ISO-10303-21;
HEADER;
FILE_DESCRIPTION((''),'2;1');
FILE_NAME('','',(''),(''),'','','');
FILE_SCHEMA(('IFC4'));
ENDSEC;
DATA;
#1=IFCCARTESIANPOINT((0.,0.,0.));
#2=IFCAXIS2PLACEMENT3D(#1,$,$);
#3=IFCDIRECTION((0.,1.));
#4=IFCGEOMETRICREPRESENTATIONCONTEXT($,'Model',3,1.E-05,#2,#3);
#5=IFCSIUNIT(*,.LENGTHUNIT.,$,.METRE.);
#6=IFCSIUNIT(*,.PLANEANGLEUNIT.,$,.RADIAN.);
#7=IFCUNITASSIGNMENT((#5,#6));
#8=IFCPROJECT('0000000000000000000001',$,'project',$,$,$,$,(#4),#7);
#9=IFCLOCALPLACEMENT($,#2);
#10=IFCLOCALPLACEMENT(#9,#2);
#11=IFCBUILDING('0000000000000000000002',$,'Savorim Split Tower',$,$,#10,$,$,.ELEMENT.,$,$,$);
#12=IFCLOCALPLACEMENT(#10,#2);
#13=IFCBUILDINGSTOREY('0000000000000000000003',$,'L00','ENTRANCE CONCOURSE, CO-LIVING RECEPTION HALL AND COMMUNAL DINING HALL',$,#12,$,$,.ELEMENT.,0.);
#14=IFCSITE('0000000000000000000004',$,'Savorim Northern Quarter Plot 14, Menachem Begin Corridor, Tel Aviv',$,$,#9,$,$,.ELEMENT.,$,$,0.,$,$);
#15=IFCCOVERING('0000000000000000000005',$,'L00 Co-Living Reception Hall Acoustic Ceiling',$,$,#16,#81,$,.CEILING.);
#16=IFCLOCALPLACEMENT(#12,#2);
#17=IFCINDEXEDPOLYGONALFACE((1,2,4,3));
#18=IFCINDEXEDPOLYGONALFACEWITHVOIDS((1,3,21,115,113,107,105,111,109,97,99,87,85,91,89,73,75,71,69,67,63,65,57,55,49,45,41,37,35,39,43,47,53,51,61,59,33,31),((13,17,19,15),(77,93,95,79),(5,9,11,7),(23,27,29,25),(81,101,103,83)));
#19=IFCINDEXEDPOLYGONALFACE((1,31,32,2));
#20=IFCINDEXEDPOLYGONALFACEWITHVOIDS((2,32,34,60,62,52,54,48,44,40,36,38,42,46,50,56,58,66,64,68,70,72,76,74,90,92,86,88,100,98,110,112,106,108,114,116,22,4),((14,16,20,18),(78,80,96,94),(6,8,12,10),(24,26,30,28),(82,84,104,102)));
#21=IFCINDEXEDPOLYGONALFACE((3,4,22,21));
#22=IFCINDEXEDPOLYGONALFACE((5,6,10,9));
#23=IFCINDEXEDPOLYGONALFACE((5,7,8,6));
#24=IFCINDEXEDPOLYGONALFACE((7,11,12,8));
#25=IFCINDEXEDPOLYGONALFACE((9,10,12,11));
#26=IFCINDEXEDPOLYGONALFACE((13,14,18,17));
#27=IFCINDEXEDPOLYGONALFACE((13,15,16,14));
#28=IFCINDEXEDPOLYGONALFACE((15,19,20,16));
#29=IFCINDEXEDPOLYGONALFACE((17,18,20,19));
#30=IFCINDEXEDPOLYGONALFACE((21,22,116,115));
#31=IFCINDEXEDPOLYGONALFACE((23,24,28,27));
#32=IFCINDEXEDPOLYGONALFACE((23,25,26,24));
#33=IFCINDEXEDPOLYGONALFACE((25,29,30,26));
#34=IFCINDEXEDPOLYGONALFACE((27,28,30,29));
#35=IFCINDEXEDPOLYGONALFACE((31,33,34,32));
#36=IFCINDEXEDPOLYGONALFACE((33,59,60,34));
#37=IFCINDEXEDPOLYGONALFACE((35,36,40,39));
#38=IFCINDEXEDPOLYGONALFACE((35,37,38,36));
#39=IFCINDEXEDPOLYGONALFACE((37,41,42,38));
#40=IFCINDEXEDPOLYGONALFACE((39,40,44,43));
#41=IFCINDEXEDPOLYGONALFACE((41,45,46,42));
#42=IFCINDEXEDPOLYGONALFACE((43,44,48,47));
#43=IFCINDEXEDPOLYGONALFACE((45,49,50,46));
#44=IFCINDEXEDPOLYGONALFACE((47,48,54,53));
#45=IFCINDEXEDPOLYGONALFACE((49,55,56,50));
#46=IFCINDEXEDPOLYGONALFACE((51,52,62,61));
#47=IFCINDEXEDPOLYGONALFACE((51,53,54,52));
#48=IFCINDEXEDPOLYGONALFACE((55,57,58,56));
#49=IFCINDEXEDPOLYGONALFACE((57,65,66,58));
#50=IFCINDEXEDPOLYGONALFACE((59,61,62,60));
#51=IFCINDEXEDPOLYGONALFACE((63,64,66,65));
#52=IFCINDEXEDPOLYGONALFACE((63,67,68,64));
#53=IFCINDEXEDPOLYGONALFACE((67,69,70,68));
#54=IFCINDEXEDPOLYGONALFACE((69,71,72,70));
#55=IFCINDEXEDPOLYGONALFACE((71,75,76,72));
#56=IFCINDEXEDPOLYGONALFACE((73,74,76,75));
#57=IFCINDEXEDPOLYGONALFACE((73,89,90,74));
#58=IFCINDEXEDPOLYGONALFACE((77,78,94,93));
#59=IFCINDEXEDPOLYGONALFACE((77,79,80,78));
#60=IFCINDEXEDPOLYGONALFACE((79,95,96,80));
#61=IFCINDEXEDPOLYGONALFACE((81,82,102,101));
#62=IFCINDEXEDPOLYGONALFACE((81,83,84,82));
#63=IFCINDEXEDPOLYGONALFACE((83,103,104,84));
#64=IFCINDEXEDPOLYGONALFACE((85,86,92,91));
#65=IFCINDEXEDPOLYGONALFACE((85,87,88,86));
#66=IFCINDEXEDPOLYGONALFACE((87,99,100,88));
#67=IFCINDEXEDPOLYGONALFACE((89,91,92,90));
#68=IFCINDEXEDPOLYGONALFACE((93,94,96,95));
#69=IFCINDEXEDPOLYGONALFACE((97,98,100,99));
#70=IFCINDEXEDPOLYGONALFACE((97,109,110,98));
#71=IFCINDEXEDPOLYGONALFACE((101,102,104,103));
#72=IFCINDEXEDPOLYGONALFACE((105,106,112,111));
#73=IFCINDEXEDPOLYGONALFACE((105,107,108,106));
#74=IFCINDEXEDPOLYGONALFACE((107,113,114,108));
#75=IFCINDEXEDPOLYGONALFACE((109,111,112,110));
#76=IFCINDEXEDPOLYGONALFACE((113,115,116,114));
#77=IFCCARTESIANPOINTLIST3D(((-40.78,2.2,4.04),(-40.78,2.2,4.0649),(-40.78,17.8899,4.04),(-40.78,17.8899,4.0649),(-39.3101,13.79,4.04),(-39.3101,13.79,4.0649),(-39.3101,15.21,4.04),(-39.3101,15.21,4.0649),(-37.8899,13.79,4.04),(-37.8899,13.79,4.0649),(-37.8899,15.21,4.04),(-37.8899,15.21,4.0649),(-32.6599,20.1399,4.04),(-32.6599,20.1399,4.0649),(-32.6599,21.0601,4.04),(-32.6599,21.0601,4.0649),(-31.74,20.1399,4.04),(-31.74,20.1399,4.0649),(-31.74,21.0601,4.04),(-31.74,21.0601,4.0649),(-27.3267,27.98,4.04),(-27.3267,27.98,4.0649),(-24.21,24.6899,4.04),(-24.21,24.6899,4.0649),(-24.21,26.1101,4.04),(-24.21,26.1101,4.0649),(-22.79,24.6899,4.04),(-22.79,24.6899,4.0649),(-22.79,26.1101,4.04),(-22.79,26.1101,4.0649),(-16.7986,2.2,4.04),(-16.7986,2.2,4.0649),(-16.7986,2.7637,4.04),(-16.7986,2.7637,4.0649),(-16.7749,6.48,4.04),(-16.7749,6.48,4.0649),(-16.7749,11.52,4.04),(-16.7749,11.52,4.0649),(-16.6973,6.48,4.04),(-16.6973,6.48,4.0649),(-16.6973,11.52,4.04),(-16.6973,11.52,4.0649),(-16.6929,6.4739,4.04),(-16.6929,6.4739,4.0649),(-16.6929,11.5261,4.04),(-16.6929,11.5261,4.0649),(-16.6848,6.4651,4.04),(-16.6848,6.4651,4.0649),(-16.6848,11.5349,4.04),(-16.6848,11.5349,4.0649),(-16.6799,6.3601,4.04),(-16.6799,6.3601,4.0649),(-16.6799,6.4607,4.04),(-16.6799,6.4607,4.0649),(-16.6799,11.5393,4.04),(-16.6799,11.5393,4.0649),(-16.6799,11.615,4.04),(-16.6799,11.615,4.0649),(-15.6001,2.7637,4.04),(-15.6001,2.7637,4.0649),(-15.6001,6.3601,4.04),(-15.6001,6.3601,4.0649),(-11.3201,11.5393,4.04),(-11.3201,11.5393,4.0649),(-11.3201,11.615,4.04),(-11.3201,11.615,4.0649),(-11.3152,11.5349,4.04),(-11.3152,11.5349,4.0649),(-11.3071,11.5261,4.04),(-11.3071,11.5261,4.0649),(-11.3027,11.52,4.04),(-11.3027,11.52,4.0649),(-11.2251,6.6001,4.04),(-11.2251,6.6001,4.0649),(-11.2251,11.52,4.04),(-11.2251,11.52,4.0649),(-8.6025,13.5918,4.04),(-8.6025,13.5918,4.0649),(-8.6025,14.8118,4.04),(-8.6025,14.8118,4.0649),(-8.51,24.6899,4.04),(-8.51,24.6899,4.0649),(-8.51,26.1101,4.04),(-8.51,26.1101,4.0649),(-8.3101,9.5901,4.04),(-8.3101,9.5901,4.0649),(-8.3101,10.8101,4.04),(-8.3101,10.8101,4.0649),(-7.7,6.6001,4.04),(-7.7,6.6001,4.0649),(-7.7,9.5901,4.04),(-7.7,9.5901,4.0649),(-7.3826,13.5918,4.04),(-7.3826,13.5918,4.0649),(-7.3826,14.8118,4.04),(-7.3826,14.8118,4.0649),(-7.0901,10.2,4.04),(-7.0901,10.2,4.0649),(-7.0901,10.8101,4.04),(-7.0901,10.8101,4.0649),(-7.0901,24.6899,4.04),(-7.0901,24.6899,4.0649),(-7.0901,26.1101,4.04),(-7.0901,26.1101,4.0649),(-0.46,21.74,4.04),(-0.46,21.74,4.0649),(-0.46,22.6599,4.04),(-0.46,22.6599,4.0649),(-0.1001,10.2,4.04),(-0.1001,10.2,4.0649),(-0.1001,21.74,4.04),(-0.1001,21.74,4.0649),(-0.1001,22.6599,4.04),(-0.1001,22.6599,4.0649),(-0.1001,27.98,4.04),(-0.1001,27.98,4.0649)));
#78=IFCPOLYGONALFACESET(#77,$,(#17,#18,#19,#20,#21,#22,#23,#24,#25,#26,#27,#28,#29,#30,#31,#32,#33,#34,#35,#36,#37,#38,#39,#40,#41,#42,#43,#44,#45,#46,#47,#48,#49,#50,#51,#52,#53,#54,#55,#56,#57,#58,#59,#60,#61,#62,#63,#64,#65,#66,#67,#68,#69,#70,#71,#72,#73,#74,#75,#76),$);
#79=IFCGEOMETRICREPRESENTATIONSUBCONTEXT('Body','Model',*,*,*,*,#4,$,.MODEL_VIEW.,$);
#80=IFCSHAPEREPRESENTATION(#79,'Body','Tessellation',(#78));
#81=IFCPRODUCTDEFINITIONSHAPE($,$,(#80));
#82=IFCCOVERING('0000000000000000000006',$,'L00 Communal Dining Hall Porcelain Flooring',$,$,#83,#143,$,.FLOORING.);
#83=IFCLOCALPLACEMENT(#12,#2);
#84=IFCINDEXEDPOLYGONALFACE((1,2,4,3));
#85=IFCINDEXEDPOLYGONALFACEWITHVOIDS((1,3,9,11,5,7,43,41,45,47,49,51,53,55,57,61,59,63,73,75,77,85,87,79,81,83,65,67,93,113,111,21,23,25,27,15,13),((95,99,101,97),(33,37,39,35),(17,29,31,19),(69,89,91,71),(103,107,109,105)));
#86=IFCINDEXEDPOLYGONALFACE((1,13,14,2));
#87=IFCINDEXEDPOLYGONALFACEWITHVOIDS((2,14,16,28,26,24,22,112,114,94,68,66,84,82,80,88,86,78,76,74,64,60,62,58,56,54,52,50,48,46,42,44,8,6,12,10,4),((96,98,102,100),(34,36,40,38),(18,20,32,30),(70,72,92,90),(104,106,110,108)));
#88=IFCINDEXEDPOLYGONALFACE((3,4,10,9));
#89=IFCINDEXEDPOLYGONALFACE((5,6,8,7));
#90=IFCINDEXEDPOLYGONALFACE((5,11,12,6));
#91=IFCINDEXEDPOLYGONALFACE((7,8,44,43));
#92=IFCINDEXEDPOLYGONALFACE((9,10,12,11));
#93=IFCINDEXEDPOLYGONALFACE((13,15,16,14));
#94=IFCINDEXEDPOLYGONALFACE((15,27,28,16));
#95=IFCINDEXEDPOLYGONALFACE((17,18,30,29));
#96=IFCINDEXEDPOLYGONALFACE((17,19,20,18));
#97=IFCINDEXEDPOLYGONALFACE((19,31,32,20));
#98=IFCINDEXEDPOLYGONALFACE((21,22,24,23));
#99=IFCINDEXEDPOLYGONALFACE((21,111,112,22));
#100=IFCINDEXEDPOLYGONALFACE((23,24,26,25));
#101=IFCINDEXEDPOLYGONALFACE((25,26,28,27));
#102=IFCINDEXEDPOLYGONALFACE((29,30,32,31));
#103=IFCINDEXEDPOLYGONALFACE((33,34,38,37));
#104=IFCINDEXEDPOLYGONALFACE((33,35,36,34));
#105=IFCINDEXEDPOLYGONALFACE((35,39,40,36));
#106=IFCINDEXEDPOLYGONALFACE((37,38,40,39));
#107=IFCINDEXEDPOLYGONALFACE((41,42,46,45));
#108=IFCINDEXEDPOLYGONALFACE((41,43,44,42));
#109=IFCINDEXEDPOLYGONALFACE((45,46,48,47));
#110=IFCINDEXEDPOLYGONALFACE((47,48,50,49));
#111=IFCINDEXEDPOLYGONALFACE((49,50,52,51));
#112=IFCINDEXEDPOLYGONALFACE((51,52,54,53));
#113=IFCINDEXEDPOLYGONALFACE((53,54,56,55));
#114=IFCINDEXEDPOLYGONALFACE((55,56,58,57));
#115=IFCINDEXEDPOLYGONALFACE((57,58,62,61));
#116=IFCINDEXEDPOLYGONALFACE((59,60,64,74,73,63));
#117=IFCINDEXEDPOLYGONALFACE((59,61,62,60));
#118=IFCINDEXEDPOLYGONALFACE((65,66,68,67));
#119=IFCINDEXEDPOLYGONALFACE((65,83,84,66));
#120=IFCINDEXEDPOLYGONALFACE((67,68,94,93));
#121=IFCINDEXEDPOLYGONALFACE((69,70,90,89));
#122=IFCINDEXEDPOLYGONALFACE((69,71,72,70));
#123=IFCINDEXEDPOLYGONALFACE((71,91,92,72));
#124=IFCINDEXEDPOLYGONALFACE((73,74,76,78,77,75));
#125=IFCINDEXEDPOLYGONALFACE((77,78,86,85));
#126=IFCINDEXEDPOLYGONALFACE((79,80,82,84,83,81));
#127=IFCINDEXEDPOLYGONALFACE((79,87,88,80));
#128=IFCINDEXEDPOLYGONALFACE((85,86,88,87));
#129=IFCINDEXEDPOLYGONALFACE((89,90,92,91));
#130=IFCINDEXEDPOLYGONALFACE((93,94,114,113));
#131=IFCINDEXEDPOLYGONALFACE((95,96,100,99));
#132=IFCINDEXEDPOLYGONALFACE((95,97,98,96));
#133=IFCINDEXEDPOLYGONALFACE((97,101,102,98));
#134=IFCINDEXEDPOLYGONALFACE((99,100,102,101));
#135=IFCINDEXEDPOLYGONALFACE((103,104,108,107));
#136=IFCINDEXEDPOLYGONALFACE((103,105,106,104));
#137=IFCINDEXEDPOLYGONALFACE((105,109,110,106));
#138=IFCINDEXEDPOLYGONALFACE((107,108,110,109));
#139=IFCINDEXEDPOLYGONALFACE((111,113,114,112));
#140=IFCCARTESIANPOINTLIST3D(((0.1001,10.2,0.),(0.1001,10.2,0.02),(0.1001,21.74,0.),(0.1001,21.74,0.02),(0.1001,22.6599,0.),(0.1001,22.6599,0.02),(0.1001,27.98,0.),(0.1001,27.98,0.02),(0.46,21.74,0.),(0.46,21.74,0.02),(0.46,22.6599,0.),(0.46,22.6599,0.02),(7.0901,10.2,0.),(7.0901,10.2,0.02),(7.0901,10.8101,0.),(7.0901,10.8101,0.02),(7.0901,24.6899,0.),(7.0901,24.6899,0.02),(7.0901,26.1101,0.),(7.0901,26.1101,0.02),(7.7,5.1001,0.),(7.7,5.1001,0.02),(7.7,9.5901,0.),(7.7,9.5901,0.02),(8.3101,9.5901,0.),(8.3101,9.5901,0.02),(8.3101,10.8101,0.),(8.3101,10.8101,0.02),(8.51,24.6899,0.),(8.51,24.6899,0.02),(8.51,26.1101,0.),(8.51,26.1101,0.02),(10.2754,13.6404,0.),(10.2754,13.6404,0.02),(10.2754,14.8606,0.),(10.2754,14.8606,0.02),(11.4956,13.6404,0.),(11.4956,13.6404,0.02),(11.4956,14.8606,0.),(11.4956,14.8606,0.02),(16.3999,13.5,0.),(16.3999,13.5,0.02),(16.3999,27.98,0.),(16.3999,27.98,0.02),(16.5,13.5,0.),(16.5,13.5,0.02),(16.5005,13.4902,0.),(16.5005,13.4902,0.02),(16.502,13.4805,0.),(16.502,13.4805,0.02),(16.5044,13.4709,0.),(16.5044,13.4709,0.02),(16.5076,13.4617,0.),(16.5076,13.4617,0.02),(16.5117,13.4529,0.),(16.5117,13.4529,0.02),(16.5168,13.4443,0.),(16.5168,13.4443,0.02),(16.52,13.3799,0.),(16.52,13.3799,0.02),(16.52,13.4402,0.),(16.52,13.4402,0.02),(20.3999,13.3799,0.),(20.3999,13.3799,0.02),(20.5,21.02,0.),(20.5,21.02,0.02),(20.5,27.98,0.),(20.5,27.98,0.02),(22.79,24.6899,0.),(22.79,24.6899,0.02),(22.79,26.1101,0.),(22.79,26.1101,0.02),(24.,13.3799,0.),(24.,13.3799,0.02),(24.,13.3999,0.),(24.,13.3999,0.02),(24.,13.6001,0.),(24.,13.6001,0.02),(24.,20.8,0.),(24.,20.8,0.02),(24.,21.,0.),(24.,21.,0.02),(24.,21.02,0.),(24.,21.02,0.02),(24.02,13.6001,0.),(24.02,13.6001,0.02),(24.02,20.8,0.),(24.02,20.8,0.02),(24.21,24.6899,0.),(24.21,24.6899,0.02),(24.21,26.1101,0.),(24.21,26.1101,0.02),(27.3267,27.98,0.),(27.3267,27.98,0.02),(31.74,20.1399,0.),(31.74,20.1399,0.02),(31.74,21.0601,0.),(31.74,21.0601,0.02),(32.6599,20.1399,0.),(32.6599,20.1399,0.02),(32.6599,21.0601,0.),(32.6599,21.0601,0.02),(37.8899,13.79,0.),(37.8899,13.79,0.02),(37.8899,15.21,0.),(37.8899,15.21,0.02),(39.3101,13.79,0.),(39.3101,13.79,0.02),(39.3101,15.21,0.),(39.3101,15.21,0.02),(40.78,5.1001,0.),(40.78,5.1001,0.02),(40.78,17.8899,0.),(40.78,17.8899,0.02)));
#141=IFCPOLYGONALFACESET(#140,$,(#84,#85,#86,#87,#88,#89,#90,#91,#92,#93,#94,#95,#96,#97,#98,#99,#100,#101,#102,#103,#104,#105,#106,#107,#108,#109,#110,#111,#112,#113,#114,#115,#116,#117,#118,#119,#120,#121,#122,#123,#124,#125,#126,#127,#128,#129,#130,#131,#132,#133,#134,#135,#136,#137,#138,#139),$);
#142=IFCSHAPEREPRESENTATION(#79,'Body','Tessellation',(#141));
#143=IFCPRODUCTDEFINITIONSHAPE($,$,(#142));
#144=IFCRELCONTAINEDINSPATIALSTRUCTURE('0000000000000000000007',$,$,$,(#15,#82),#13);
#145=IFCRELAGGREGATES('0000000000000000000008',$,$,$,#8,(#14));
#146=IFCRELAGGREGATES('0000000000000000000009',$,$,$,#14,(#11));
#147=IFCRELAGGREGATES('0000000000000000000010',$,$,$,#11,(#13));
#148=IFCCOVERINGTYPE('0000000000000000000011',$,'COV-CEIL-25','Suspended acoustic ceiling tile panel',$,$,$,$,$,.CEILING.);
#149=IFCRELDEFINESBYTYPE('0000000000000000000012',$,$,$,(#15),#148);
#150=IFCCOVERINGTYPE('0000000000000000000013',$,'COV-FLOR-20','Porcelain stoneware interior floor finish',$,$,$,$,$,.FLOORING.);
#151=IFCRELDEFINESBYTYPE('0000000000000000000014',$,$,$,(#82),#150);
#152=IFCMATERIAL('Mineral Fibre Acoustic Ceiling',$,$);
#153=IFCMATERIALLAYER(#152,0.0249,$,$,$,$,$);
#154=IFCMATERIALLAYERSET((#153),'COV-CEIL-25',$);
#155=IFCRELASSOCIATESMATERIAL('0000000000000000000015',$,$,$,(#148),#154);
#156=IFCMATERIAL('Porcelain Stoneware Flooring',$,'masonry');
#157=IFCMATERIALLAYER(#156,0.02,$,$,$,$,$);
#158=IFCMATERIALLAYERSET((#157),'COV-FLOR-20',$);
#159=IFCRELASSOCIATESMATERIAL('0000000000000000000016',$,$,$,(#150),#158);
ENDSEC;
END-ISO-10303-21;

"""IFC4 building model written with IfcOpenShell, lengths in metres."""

from ifc_helpers import new_model, si_unit, direction, frame, origin, place, context, subcontext, project, spatial, polyline, outline, extrude, material, layer, layer_set, type_object, element, save


model = new_model("IFC4")

# Units and contexts
model_context = context("Model", 3, precision=1e-05, world=origin(), true_north=direction((0.0, 1.0)))
body_context = subcontext(model_context, "Body", "Model", "MODEL_VIEW")
ifc_project = project(units=[si_unit("LENGTHUNIT", "METRE"), si_unit("PLANEANGLEUNIT", "RADIAN")], contexts=[model_context])

# Site, building, storey
site_placement = place(None, origin())
site = spatial("IfcSite", under=ifc_project, at=site_placement, Name="Savorim Northern Quarter Plot 14, Menachem Begin Corridor, Tel Aviv", CompositionType="ELEMENT", RefElevation=0.0)
building_placement = place(site_placement, origin())
building = spatial("IfcBuilding", under=site, at=building_placement, Name="Savorim Split Tower", CompositionType="ELEMENT")
storey_placement = place(building_placement, origin())
storey = spatial("IfcBuildingStorey", under=building, at=storey_placement, Name="L00", Description="ENTRANCE CONCOURSE, CO-LIVING RECEPTION HALL AND COMMUNAL DINING HALL", CompositionType="ELEMENT", Elevation=0.0)

# Coverings
ifc_material_1 = material(Name="Mineral Fibre Acoustic Ceiling")
ifc_layer_1 = layer(ifc_material_1, 0.0249)
ifc_layer_set_1 = layer_set([ifc_layer_1], Name="COV-CEIL-25")
covering_type_1 = type_object("IfcCoveringType", Name="COV-CEIL-25", Description="Suspended acoustic ceiling tile panel", PredefinedType="CEILING", material=ifc_layer_set_1)
covering_1_placement = place(storey_placement, frame((0.0, 0.0, 4.04)))
element("IfcCovering", 1, at=covering_1_placement, inside=storey, type_object=covering_type_1, Name="L00 Co-Living Reception Hall Acoustic Ceiling", PredefinedType="CEILING", context=body_context, shape_type="SweptSolid", body=[
    extrude(outline(polyline([(-0.1001, 27.98), (-27.3267, 27.98), (-40.78, 17.8899), (-40.78, 2.2), (-16.7986, 2.2), (-16.7986, 2.7637), (-15.6001, 2.7637), (-15.6001, 6.3601), (-16.6799, 6.3601), (-16.6799, 6.4607), (-16.6848, 6.4651), (-16.6929, 6.4739), (-16.6973, 6.48), (-16.7749, 6.48), (-16.7749, 11.52), (-16.6973, 11.52), (-16.6929, 11.5261), (-16.6848, 11.5349), (-16.6799, 11.5393), (-16.6799, 11.615), (-11.3201, 11.615), (-11.3201, 11.5393), (-11.3152, 11.5349), (-11.3071, 11.5261), (-11.3027, 11.52), (-11.2251, 11.52), (-11.2251, 6.6001), (-7.7, 6.6001), (-7.7, 9.5901), (-8.3101, 9.5901), (-8.3101, 10.8101), (-7.0901, 10.8101), (-7.0901, 10.2), (-0.1001, 10.2), (-0.1001, 21.74), (-0.46, 21.74), (-0.46, 22.6599), (-0.1001, 22.6599), (-0.1001, 27.98)]), holes=[polyline([(-7.0901, 24.6899), (-7.0901, 26.1101), (-8.51, 26.1101), (-8.51, 24.6899), (-7.0901, 24.6899)]), polyline([(-22.79, 26.1101), (-24.21, 26.1101), (-24.21, 24.6899), (-22.79, 24.6899), (-22.79, 26.1101)]), polyline([(-37.8899, 15.21), (-39.3101, 15.21), (-39.3101, 13.79), (-37.8899, 13.79), (-37.8899, 15.21)]), polyline([(-8.6025, 13.5918), (-7.3826, 13.5918), (-7.3826, 14.8118), (-8.6025, 14.8118), (-8.6025, 13.5918)]), polyline([(-31.74, 20.1399), (-31.74, 21.0601), (-32.6599, 21.0601), (-32.6599, 20.1399), (-31.74, 20.1399)])]), origin(), (0.0, 0.0, 1.0), 0.0249),
])
ifc_material_2 = material(Name="Porcelain Stoneware Flooring", Category="masonry")
ifc_layer_2 = layer(ifc_material_2, 0.02)
ifc_layer_set_2 = layer_set([ifc_layer_2], Name="COV-FLOR-20")
covering_type_2 = type_object("IfcCoveringType", Name="COV-FLOR-20", Description="Porcelain stoneware interior floor finish", PredefinedType="FLOORING", material=ifc_layer_set_2)
covering_2_placement = place(storey_placement, origin())
element("IfcCovering", 2, at=covering_2_placement, inside=storey, type_object=covering_type_2, Name="L00 Communal Dining Hall Porcelain Flooring", PredefinedType="FLOORING", context=body_context, shape_type="SweptSolid", body=[
    extrude(outline(polyline([(16.3999, 13.5), (16.3999, 27.98), (0.1001, 27.98), (0.1001, 22.6599), (0.46, 22.6599), (0.46, 21.74), (0.1001, 21.74), (0.1001, 10.2), (7.0901, 10.2), (7.0901, 10.8101), (8.3101, 10.8101), (8.3101, 9.5901), (7.7, 9.5901), (7.7, 5.1001), (40.78, 5.1001), (40.78, 17.8899), (27.3267, 27.98), (20.5, 27.98), (20.5, 21.02), (24.0, 21.02), (24.0, 21.0), (24.0, 20.8), (24.02, 20.8), (24.02, 13.6001), (24.0, 13.6001), (24.0, 13.3999), (24.0, 13.3799), (20.3999, 13.3799), (16.52, 13.3799), (16.52, 13.4402), (16.5168, 13.4443), (16.5117, 13.4529), (16.5076, 13.4617), (16.5044, 13.4709), (16.502, 13.4805), (16.5005, 13.4902), (16.5, 13.5), (16.3999, 13.5)]), holes=[polyline([(37.8899, 13.79), (39.3101, 13.79), (39.3101, 15.21), (37.8899, 15.21), (37.8899, 13.79)]), polyline([(22.79, 24.6899), (24.21, 24.6899), (24.21, 26.1101), (22.79, 26.1101), (22.79, 24.6899)]), polyline([(7.0901, 24.6899), (8.51, 24.6899), (8.51, 26.1101), (7.0901, 26.1101), (7.0901, 24.6899)]), polyline([(10.2754, 14.8606), (10.2754, 13.6404), (11.4956, 13.6404), (11.4956, 14.8606), (10.2754, 14.8606)]), polyline([(31.74, 20.1399), (32.6599, 20.1399), (32.6599, 21.0601), (31.74, 21.0601), (31.74, 20.1399)])]), origin(), (0.0, 0.0, 1.0), 0.02),
])

save(model, "model.ifc")
